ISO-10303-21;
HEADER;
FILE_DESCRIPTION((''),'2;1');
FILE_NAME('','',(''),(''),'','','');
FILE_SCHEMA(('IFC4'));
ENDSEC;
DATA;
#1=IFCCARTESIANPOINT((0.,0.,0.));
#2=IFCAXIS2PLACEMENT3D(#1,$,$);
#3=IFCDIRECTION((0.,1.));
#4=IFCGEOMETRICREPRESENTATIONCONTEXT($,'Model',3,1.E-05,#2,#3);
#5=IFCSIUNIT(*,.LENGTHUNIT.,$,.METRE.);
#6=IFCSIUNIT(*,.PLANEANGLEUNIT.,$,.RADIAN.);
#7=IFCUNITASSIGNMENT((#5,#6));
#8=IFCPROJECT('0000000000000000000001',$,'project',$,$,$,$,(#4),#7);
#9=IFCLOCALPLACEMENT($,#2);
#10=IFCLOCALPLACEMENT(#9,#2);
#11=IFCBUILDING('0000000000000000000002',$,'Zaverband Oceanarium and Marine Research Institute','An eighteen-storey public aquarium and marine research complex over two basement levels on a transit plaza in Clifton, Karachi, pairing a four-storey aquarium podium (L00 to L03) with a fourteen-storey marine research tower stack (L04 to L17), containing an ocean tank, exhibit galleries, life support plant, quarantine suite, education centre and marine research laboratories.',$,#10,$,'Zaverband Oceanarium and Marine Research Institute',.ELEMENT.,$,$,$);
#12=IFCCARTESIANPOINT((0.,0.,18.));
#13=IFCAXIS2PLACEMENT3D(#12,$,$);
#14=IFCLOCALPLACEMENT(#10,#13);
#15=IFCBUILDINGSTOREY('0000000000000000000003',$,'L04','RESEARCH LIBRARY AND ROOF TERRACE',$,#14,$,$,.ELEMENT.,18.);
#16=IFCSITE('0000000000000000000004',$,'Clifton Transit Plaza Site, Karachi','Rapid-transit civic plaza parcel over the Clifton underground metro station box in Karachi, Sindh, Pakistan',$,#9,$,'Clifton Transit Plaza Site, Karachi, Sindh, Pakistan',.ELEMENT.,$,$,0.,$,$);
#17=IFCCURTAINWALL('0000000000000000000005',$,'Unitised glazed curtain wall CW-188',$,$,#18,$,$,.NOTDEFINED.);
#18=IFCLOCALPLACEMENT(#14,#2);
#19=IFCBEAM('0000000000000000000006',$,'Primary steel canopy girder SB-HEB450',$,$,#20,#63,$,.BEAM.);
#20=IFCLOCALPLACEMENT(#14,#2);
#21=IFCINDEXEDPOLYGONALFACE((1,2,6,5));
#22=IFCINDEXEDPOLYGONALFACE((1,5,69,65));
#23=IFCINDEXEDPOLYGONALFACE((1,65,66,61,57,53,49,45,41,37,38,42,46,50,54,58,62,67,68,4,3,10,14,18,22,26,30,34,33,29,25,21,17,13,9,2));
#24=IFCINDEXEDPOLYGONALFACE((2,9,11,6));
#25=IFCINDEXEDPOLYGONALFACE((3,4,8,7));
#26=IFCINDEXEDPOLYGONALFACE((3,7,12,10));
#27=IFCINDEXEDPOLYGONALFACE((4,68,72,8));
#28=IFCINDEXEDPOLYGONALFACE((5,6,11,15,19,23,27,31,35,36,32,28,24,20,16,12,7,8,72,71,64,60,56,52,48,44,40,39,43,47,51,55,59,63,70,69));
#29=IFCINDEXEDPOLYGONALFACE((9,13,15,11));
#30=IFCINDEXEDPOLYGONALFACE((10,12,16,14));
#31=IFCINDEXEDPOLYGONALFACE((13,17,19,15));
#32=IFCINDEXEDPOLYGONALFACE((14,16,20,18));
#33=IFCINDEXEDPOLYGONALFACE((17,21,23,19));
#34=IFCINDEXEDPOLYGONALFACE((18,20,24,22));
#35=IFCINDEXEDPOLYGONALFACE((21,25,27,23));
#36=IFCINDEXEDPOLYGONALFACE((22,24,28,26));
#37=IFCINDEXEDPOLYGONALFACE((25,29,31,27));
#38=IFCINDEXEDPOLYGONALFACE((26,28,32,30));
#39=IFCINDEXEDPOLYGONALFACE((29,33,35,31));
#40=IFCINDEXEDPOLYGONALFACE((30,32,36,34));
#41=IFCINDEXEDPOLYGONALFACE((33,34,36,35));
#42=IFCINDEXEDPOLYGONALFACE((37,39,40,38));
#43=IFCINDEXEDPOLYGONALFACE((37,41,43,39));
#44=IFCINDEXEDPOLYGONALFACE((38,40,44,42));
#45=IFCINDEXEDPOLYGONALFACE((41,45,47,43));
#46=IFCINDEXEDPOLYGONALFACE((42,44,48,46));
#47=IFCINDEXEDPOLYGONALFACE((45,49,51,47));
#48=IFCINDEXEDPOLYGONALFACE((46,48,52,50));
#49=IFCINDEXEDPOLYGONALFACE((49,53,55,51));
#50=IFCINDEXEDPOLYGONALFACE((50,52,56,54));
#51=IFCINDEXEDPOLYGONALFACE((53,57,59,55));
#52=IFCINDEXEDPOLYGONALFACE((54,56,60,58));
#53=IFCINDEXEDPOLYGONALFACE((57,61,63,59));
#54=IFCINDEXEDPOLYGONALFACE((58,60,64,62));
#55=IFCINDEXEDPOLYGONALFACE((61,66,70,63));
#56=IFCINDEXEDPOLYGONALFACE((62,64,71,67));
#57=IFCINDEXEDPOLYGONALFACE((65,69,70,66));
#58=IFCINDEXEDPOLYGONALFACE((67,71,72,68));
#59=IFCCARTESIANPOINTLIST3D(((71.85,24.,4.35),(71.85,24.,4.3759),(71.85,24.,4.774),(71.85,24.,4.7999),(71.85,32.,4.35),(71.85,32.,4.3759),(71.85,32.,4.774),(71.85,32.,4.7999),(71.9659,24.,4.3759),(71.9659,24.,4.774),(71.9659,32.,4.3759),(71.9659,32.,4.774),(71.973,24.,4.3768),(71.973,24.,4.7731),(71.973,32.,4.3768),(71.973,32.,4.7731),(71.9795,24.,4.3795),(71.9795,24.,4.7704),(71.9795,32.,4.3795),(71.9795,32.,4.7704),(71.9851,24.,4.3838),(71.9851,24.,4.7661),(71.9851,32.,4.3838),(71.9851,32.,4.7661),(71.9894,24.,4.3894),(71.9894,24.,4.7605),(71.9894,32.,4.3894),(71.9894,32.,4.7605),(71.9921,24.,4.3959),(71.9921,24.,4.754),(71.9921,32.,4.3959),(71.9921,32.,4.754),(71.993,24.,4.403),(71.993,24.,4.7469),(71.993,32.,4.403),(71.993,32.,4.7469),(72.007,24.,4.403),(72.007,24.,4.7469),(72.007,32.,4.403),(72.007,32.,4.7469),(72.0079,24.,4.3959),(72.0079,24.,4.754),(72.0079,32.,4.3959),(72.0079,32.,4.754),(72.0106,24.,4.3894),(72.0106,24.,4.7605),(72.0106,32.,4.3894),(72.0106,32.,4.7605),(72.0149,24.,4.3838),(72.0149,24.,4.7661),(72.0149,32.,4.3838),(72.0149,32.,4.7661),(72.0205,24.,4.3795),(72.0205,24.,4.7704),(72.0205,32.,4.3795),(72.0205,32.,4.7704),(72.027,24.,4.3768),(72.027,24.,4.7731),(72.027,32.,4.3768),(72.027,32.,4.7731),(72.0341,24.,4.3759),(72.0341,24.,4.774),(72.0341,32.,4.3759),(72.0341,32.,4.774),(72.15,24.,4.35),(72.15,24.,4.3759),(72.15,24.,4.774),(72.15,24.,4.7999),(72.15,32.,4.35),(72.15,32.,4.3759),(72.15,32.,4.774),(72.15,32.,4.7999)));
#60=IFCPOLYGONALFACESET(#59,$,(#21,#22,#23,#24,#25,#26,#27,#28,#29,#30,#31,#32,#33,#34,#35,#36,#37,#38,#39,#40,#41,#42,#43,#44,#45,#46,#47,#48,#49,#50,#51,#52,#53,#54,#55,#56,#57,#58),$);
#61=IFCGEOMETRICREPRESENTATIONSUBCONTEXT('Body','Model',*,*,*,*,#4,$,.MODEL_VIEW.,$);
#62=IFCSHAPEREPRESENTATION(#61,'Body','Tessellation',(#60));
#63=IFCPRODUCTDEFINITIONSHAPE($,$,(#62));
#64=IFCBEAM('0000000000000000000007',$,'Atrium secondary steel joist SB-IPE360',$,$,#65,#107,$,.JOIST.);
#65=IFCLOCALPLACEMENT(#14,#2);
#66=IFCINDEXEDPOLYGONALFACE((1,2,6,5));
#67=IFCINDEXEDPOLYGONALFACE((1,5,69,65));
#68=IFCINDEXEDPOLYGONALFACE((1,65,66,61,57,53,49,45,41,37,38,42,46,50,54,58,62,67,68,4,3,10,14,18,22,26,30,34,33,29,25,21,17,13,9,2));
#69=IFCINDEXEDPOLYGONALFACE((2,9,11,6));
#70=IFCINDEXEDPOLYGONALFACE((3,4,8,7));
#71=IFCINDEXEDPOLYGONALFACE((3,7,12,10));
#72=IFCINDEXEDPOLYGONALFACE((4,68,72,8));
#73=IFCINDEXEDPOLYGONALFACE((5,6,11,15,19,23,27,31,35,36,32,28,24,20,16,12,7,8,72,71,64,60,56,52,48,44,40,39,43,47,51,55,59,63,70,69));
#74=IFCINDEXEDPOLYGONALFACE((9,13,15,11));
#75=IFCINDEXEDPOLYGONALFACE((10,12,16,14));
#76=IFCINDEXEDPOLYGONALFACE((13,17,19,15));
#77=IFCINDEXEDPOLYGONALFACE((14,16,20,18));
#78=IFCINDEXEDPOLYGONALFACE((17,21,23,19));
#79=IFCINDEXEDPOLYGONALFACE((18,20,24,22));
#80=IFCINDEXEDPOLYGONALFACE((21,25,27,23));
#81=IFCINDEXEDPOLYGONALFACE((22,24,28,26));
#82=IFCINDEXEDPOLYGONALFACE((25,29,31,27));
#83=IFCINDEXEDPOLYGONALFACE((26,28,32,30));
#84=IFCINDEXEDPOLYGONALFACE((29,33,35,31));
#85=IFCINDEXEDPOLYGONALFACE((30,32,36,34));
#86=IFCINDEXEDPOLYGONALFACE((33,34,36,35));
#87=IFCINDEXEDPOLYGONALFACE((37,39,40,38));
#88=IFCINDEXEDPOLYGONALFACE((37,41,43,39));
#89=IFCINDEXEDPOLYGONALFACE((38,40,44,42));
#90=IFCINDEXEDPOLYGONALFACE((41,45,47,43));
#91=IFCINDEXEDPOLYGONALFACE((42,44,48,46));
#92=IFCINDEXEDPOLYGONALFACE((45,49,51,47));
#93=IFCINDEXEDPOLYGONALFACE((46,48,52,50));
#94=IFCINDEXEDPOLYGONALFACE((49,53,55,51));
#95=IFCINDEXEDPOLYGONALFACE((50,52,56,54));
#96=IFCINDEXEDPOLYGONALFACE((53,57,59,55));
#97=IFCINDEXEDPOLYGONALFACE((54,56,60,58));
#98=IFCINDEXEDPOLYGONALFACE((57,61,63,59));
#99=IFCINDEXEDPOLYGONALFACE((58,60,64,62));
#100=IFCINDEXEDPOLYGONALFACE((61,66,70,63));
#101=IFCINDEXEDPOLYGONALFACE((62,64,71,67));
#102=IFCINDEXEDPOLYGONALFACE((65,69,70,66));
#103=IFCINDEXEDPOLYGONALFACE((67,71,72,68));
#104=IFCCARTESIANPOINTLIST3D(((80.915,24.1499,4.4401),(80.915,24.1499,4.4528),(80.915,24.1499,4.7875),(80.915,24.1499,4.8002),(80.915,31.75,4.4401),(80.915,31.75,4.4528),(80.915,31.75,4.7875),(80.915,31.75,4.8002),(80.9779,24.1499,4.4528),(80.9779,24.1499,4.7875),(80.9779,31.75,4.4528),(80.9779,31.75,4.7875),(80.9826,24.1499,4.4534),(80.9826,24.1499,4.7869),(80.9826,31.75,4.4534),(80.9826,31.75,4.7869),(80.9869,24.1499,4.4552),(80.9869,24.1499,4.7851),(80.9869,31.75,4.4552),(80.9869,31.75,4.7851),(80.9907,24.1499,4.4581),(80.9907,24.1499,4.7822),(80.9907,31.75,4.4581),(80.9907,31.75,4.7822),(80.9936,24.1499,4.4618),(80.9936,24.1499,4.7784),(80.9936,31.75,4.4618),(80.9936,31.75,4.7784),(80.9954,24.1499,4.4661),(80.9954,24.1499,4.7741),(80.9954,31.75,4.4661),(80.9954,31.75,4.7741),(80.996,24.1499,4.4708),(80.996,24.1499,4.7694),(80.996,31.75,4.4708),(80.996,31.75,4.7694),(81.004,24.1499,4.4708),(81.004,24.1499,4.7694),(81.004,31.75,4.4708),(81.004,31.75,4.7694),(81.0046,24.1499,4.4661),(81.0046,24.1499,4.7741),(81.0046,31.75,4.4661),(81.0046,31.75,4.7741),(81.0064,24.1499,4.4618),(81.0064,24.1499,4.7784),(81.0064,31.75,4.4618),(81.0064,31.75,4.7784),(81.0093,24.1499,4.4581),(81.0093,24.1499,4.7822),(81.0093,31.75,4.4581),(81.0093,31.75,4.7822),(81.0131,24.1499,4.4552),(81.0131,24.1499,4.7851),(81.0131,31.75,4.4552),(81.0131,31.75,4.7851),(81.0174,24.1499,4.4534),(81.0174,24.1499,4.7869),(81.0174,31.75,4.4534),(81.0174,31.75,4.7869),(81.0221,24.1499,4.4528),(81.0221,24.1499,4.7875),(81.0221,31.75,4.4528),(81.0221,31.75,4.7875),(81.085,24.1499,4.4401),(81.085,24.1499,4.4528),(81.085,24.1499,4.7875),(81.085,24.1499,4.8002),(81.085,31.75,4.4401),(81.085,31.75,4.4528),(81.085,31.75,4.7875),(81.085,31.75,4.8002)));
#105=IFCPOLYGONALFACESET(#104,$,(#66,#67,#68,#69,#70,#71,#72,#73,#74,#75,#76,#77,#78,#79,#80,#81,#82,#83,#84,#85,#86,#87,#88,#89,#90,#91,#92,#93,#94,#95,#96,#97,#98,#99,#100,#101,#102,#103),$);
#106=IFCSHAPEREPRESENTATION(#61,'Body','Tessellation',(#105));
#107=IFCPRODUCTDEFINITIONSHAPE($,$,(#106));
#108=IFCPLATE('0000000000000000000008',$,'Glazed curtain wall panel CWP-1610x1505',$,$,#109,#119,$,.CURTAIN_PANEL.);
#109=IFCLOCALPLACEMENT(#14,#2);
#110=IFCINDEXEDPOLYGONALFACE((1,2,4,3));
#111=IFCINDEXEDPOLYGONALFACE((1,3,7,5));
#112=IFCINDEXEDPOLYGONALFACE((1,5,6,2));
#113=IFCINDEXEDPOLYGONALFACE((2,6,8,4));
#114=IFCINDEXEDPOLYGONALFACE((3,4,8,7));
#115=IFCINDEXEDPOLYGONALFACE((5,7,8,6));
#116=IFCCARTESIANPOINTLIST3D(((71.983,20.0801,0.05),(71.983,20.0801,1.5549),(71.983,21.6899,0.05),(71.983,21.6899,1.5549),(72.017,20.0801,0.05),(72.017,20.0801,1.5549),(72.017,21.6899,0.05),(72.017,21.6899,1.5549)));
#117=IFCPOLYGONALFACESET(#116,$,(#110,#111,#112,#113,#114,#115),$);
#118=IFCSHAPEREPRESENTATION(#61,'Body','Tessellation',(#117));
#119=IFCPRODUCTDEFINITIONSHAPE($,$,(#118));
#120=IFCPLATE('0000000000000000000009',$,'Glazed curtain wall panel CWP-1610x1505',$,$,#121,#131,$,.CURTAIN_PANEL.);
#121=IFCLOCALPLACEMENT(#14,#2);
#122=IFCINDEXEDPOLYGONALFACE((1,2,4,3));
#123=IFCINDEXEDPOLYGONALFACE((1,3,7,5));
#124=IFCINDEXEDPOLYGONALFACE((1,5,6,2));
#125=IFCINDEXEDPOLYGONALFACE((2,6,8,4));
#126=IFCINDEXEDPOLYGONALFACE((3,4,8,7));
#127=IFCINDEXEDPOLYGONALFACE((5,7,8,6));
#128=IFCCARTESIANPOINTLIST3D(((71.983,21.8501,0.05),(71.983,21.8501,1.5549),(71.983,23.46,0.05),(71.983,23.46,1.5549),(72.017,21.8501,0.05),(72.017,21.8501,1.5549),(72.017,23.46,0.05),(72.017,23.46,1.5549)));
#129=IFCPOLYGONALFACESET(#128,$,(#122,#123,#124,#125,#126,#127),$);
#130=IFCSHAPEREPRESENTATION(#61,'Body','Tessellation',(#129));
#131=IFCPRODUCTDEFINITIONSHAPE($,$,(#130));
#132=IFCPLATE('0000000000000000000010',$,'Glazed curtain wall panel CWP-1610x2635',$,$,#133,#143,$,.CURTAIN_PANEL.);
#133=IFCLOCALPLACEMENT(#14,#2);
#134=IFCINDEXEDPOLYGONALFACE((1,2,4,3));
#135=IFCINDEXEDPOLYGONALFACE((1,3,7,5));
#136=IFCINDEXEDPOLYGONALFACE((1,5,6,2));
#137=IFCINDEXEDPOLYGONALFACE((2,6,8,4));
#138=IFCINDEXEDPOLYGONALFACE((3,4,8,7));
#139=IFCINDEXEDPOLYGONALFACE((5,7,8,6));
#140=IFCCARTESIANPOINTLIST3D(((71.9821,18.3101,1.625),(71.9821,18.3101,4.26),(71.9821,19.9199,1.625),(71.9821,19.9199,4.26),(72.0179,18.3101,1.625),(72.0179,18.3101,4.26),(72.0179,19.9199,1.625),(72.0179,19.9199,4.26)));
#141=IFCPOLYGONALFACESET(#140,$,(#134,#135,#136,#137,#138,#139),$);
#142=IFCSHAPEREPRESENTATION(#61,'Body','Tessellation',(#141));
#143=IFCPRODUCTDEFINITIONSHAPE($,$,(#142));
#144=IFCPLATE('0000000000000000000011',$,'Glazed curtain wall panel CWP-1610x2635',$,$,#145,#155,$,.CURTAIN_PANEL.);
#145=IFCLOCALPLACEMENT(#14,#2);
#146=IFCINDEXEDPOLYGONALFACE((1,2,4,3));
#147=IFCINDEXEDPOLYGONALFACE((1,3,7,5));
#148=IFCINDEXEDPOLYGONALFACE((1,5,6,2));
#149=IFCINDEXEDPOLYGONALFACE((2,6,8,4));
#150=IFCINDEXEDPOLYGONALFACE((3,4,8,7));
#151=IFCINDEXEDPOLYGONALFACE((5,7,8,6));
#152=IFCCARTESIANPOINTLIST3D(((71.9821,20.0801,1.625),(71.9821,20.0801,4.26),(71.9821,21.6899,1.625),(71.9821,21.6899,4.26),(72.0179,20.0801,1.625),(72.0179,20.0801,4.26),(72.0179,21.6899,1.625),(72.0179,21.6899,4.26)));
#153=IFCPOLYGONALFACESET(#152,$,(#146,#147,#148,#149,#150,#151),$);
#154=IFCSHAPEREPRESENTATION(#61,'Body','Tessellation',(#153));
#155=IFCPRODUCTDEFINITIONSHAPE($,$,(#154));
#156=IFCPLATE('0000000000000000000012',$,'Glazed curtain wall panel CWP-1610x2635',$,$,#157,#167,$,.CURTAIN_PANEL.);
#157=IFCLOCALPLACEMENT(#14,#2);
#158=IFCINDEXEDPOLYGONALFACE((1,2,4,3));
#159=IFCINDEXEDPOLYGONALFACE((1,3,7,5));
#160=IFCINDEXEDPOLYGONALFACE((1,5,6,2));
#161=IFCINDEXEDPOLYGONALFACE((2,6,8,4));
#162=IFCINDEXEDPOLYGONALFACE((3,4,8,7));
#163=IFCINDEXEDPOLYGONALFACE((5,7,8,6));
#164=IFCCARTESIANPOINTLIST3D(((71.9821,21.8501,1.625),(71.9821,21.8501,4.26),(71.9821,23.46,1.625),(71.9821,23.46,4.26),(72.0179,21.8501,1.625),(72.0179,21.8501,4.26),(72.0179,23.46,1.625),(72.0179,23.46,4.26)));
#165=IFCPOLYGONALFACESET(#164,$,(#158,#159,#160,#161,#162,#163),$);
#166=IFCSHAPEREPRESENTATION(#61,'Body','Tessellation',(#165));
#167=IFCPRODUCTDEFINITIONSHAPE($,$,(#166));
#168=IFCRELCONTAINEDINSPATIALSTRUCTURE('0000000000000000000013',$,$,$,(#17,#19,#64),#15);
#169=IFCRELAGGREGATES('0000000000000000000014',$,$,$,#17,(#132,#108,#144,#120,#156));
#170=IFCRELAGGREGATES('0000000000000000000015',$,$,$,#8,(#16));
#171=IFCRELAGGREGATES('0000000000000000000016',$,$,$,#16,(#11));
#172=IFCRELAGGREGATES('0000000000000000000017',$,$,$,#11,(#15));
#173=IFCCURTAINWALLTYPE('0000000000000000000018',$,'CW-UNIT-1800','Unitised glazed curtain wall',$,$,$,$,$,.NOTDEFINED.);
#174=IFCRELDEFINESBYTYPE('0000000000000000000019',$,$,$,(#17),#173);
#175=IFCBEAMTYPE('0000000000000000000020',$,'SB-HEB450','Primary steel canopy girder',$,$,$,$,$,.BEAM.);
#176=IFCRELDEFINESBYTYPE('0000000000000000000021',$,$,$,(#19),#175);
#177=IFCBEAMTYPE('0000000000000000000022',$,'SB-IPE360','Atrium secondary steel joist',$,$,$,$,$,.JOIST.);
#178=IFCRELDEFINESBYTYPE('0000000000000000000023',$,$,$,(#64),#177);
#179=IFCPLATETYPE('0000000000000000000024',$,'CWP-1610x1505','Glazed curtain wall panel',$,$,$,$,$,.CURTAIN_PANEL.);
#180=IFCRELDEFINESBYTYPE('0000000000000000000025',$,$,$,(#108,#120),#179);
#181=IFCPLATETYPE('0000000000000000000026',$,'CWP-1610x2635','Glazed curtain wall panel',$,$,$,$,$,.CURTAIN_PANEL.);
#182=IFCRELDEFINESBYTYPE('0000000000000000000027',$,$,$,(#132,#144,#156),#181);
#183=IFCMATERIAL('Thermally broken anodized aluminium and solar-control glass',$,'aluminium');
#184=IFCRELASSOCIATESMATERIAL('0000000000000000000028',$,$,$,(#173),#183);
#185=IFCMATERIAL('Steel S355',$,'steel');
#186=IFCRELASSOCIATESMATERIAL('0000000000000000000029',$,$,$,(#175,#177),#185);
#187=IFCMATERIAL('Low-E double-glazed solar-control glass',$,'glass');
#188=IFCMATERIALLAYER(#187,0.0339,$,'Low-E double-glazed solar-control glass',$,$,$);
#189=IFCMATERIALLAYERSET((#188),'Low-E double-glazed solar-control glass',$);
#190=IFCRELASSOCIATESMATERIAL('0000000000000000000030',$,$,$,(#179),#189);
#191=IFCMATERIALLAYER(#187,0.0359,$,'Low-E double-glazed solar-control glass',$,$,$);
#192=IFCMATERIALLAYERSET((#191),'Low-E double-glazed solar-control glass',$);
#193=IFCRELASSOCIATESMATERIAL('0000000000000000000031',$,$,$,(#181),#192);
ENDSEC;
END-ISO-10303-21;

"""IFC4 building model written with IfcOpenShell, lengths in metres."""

from ifc_helpers import new_model, si_unit, direction, frame, frame_2d, origin, origin_2d, place, context, subcontext, project, spatial, rectangle, i_section, extrude, material, layer, layer_set, material_profile, profile_set, type_object, element, aggregate, save


model = new_model("IFC4")

# Units and contexts
model_context = context("Model", 3, precision=1e-05, world=origin(), true_north=direction((0.0, 1.0)))
body_context = subcontext(model_context, "Body", "Model", "MODEL_VIEW")
ifc_project = project(units=[si_unit("LENGTHUNIT", "METRE"), si_unit("PLANEANGLEUNIT", "RADIAN")], contexts=[model_context])

# Site, building, storey
site_placement = place(None, origin())
site = spatial("IfcSite", under=ifc_project, at=site_placement, Name="Clifton Transit Plaza Site, Karachi", Description="Rapid-transit civic plaza parcel over the Clifton underground metro station box in Karachi, Sindh, Pakistan", LongName="Clifton Transit Plaza Site, Karachi, Sindh, Pakistan", CompositionType="ELEMENT", RefElevation=0.0)
building_placement = place(site_placement, origin())
building = spatial("IfcBuilding", under=site, at=building_placement, Name="Zaverband Oceanarium and Marine Research Institute", Description="An eighteen-storey public aquarium and marine research complex over two basement levels on a transit plaza in Clifton, Karachi, pairing a four-storey aquarium podium (L00 to L03) with a fourteen-storey marine research tower stack (L04 to L17), containing an ocean tank, exhibit galleries, life support plant, quarantine suite, education centre and marine research laboratories.", LongName="Zaverband Oceanarium and Marine Research Institute", CompositionType="ELEMENT")
storey_placement = place(building_placement, frame((0.0, 0.0, 18.0)))
storey = spatial("IfcBuildingStorey", under=building, at=storey_placement, Name="L04", Description="RESEARCH LIBRARY AND ROOF TERRACE", CompositionType="ELEMENT", Elevation=18.0)

# Curtain wall
ifc_material_1 = material(Name="Thermally broken anodized aluminium and solar-control glass", Category="aluminium")
curtain_wall_type = type_object("IfcCurtainWallType", Name="CW-UNIT-1800", Description="Unitised glazed curtain wall", PredefinedType="NOTDEFINED", material=ifc_material_1)
curtain_wall_placement = place(storey_placement, origin())
curtain_wall = element("IfcCurtainWall", 1, at=curtain_wall_placement, inside=storey, type_object=curtain_wall_type, Name="Unitised glazed curtain wall CW-188", PredefinedType="NOTDEFINED")

# Beams
ifc_material_2 = material(Name="Steel S355", Category="steel")
ifc_material_profile_1 = material_profile(ifc_material_2, i_section(OverallWidth=0.3, OverallDepth=0.45, WebThickness=0.0139, FlangeThickness=0.0259, FilletRadius=0.0271, at=origin_2d()), Name="HEB450")
ifc_profile_set_1 = profile_set([ifc_material_profile_1], Name="Steel S355")
beam_type_1 = type_object("IfcBeamType", Name="SB-HEB450", Description="Primary steel canopy girder", PredefinedType="BEAM", material=ifc_profile_set_1)
for number, where, z_axis, x_axis, name in (
    (2, (72.0, 24.0, 4.575), (0.0, 1.0, 0.0), (-1.0, 0.0, 0.0), "Primary steel canopy girder SB-HEB450"),
):
    element("IfcBeam", number, at=place(storey_placement, frame(where, z_axis=z_axis, x_axis=x_axis)), inside=storey, type_object=beam_type_1, Name=name, PredefinedType="BEAM", context=body_context, shape_type="SweptSolid", body=[
        extrude(i_section(OverallWidth=0.3, OverallDepth=0.45, WebThickness=0.0139, FlangeThickness=0.0259, FilletRadius=0.0271, at=origin_2d()), origin(), (0.0, 0.0, 1.0), 8.0),
    ])
ifc_material_profile_2 = material_profile(ifc_material_2, i_section(OverallWidth=0.1699, OverallDepth=0.3601, WebThickness=0.0081, FlangeThickness=0.0127, FilletRadius=0.0181, at=origin_2d()), Name="IPE360")
ifc_profile_set_2 = profile_set([ifc_material_profile_2], Name="Steel S355")
beam_type_2 = type_object("IfcBeamType", Name="SB-IPE360", Description="Atrium secondary steel joist", PredefinedType="JOIST", material=ifc_profile_set_2)
beam_placement = place(storey_placement, frame((81.0, 24.1499, 4.6201), z_axis=(0.0, 1.0, 0.0), x_axis=(-1.0, 0.0, 0.0)))
element("IfcBeam", 3, at=beam_placement, inside=storey, type_object=beam_type_2, Name="Atrium secondary steel joist SB-IPE360", PredefinedType="JOIST", context=body_context, shape_type="SweptSolid", body=[
    extrude(i_section(OverallWidth=0.1699, OverallDepth=0.3601, WebThickness=0.0081, FlangeThickness=0.0127, FilletRadius=0.0181, at=origin_2d()), origin(), (0.0, 0.0, 1.0), 7.6001),
])

# Plates
ifc_material_3 = material(Name="Low-E double-glazed solar-control glass", Category="glass")
ifc_layer_1 = layer(ifc_material_3, 0.0339, Name="Low-E double-glazed solar-control glass")
ifc_layer_set_1 = layer_set([ifc_layer_1], Name="Low-E double-glazed solar-control glass")
plate_type_1 = type_object("IfcPlateType", Name="CWP-1610x1505", Description="Glazed curtain wall panel", PredefinedType="CURTAIN_PANEL", material=ifc_layer_set_1)
plate_1_placement = place(storey_placement, frame((72.0, 20.0801, 0.05), z_axis=(0.0, 0.0, 1.0), x_axis=(0.0, 1.0, 0.0)))
plate_1 = element("IfcPlate", 4, at=plate_1_placement, type_object=plate_type_1, Name="Glazed curtain wall panel CWP-1610x1505", PredefinedType="CURTAIN_PANEL", context=body_context, shape_type="SweptSolid", body=[
    extrude(rectangle(XDim=1.6099, YDim=0.0339, at=frame_2d((0.8049, 0.0))), origin(), (0.0, 0.0, 1.0), 1.5049),
])
plate_2_placement = place(storey_placement, frame((72.0, 21.8501, 0.05), z_axis=(0.0, 0.0, 1.0), x_axis=(0.0, 1.0, 0.0)))
plate_2 = element("IfcPlate", 5, at=plate_2_placement, type_object=plate_type_1, Name="Glazed curtain wall panel CWP-1610x1505", PredefinedType="CURTAIN_PANEL", context=body_context, shape_type="SweptSolid", body=[
    extrude(rectangle(XDim=1.6099, YDim=0.0339, at=frame_2d((0.8049, 0.0))), origin(), (0.0, 0.0, 1.0), 1.5049),
])
ifc_layer_2 = layer(ifc_material_3, 0.0359, Name="Low-E double-glazed solar-control glass")
ifc_layer_set_2 = layer_set([ifc_layer_2], Name="Low-E double-glazed solar-control glass")
plate_type_2 = type_object("IfcPlateType", Name="CWP-1610x2635", Description="Glazed curtain wall panel", PredefinedType="CURTAIN_PANEL", material=ifc_layer_set_2)
plate_3_placement = place(storey_placement, frame((72.0, 18.3101, 1.625), z_axis=(0.0, 0.0, 1.0), x_axis=(0.0, 1.0, 0.0)))
plate_3 = element("IfcPlate", 6, at=plate_3_placement, type_object=plate_type_2, Name="Glazed curtain wall panel CWP-1610x2635", PredefinedType="CURTAIN_PANEL", context=body_context, shape_type="SweptSolid", body=[
    extrude(rectangle(XDim=1.6099, YDim=0.0359, at=frame_2d((0.8049, 0.0))), origin(), (0.0, 0.0, 1.0), 2.635),
])
plate_4_placement = place(storey_placement, frame((72.0, 20.0801, 1.625), z_axis=(0.0, 0.0, 1.0), x_axis=(0.0, 1.0, 0.0)))
plate_4 = element("IfcPlate", 7, at=plate_4_placement, type_object=plate_type_2, Name="Glazed curtain wall panel CWP-1610x2635", PredefinedType="CURTAIN_PANEL", context=body_context, shape_type="SweptSolid", body=[
    extrude(rectangle(XDim=1.6099, YDim=0.0359, at=frame_2d((0.8049, 0.0))), origin(), (0.0, 0.0, 1.0), 2.635),
])
plate_5_placement = place(storey_placement, frame((72.0, 21.8501, 1.625), z_axis=(0.0, 0.0, 1.0), x_axis=(0.0, 1.0, 0.0)))
plate_5 = element("IfcPlate", 8, at=plate_5_placement, type_object=plate_type_2, Name="Glazed curtain wall panel CWP-1610x2635", PredefinedType="CURTAIN_PANEL", context=body_context, shape_type="SweptSolid", body=[
    extrude(rectangle(XDim=1.6099, YDim=0.0359, at=frame_2d((0.8049, 0.0))), origin(), (0.0, 0.0, 1.0), 2.635),
])
aggregate(curtain_wall, [plate_3, plate_1, plate_4, plate_2, plate_5])

save(model, "model.ifc")
